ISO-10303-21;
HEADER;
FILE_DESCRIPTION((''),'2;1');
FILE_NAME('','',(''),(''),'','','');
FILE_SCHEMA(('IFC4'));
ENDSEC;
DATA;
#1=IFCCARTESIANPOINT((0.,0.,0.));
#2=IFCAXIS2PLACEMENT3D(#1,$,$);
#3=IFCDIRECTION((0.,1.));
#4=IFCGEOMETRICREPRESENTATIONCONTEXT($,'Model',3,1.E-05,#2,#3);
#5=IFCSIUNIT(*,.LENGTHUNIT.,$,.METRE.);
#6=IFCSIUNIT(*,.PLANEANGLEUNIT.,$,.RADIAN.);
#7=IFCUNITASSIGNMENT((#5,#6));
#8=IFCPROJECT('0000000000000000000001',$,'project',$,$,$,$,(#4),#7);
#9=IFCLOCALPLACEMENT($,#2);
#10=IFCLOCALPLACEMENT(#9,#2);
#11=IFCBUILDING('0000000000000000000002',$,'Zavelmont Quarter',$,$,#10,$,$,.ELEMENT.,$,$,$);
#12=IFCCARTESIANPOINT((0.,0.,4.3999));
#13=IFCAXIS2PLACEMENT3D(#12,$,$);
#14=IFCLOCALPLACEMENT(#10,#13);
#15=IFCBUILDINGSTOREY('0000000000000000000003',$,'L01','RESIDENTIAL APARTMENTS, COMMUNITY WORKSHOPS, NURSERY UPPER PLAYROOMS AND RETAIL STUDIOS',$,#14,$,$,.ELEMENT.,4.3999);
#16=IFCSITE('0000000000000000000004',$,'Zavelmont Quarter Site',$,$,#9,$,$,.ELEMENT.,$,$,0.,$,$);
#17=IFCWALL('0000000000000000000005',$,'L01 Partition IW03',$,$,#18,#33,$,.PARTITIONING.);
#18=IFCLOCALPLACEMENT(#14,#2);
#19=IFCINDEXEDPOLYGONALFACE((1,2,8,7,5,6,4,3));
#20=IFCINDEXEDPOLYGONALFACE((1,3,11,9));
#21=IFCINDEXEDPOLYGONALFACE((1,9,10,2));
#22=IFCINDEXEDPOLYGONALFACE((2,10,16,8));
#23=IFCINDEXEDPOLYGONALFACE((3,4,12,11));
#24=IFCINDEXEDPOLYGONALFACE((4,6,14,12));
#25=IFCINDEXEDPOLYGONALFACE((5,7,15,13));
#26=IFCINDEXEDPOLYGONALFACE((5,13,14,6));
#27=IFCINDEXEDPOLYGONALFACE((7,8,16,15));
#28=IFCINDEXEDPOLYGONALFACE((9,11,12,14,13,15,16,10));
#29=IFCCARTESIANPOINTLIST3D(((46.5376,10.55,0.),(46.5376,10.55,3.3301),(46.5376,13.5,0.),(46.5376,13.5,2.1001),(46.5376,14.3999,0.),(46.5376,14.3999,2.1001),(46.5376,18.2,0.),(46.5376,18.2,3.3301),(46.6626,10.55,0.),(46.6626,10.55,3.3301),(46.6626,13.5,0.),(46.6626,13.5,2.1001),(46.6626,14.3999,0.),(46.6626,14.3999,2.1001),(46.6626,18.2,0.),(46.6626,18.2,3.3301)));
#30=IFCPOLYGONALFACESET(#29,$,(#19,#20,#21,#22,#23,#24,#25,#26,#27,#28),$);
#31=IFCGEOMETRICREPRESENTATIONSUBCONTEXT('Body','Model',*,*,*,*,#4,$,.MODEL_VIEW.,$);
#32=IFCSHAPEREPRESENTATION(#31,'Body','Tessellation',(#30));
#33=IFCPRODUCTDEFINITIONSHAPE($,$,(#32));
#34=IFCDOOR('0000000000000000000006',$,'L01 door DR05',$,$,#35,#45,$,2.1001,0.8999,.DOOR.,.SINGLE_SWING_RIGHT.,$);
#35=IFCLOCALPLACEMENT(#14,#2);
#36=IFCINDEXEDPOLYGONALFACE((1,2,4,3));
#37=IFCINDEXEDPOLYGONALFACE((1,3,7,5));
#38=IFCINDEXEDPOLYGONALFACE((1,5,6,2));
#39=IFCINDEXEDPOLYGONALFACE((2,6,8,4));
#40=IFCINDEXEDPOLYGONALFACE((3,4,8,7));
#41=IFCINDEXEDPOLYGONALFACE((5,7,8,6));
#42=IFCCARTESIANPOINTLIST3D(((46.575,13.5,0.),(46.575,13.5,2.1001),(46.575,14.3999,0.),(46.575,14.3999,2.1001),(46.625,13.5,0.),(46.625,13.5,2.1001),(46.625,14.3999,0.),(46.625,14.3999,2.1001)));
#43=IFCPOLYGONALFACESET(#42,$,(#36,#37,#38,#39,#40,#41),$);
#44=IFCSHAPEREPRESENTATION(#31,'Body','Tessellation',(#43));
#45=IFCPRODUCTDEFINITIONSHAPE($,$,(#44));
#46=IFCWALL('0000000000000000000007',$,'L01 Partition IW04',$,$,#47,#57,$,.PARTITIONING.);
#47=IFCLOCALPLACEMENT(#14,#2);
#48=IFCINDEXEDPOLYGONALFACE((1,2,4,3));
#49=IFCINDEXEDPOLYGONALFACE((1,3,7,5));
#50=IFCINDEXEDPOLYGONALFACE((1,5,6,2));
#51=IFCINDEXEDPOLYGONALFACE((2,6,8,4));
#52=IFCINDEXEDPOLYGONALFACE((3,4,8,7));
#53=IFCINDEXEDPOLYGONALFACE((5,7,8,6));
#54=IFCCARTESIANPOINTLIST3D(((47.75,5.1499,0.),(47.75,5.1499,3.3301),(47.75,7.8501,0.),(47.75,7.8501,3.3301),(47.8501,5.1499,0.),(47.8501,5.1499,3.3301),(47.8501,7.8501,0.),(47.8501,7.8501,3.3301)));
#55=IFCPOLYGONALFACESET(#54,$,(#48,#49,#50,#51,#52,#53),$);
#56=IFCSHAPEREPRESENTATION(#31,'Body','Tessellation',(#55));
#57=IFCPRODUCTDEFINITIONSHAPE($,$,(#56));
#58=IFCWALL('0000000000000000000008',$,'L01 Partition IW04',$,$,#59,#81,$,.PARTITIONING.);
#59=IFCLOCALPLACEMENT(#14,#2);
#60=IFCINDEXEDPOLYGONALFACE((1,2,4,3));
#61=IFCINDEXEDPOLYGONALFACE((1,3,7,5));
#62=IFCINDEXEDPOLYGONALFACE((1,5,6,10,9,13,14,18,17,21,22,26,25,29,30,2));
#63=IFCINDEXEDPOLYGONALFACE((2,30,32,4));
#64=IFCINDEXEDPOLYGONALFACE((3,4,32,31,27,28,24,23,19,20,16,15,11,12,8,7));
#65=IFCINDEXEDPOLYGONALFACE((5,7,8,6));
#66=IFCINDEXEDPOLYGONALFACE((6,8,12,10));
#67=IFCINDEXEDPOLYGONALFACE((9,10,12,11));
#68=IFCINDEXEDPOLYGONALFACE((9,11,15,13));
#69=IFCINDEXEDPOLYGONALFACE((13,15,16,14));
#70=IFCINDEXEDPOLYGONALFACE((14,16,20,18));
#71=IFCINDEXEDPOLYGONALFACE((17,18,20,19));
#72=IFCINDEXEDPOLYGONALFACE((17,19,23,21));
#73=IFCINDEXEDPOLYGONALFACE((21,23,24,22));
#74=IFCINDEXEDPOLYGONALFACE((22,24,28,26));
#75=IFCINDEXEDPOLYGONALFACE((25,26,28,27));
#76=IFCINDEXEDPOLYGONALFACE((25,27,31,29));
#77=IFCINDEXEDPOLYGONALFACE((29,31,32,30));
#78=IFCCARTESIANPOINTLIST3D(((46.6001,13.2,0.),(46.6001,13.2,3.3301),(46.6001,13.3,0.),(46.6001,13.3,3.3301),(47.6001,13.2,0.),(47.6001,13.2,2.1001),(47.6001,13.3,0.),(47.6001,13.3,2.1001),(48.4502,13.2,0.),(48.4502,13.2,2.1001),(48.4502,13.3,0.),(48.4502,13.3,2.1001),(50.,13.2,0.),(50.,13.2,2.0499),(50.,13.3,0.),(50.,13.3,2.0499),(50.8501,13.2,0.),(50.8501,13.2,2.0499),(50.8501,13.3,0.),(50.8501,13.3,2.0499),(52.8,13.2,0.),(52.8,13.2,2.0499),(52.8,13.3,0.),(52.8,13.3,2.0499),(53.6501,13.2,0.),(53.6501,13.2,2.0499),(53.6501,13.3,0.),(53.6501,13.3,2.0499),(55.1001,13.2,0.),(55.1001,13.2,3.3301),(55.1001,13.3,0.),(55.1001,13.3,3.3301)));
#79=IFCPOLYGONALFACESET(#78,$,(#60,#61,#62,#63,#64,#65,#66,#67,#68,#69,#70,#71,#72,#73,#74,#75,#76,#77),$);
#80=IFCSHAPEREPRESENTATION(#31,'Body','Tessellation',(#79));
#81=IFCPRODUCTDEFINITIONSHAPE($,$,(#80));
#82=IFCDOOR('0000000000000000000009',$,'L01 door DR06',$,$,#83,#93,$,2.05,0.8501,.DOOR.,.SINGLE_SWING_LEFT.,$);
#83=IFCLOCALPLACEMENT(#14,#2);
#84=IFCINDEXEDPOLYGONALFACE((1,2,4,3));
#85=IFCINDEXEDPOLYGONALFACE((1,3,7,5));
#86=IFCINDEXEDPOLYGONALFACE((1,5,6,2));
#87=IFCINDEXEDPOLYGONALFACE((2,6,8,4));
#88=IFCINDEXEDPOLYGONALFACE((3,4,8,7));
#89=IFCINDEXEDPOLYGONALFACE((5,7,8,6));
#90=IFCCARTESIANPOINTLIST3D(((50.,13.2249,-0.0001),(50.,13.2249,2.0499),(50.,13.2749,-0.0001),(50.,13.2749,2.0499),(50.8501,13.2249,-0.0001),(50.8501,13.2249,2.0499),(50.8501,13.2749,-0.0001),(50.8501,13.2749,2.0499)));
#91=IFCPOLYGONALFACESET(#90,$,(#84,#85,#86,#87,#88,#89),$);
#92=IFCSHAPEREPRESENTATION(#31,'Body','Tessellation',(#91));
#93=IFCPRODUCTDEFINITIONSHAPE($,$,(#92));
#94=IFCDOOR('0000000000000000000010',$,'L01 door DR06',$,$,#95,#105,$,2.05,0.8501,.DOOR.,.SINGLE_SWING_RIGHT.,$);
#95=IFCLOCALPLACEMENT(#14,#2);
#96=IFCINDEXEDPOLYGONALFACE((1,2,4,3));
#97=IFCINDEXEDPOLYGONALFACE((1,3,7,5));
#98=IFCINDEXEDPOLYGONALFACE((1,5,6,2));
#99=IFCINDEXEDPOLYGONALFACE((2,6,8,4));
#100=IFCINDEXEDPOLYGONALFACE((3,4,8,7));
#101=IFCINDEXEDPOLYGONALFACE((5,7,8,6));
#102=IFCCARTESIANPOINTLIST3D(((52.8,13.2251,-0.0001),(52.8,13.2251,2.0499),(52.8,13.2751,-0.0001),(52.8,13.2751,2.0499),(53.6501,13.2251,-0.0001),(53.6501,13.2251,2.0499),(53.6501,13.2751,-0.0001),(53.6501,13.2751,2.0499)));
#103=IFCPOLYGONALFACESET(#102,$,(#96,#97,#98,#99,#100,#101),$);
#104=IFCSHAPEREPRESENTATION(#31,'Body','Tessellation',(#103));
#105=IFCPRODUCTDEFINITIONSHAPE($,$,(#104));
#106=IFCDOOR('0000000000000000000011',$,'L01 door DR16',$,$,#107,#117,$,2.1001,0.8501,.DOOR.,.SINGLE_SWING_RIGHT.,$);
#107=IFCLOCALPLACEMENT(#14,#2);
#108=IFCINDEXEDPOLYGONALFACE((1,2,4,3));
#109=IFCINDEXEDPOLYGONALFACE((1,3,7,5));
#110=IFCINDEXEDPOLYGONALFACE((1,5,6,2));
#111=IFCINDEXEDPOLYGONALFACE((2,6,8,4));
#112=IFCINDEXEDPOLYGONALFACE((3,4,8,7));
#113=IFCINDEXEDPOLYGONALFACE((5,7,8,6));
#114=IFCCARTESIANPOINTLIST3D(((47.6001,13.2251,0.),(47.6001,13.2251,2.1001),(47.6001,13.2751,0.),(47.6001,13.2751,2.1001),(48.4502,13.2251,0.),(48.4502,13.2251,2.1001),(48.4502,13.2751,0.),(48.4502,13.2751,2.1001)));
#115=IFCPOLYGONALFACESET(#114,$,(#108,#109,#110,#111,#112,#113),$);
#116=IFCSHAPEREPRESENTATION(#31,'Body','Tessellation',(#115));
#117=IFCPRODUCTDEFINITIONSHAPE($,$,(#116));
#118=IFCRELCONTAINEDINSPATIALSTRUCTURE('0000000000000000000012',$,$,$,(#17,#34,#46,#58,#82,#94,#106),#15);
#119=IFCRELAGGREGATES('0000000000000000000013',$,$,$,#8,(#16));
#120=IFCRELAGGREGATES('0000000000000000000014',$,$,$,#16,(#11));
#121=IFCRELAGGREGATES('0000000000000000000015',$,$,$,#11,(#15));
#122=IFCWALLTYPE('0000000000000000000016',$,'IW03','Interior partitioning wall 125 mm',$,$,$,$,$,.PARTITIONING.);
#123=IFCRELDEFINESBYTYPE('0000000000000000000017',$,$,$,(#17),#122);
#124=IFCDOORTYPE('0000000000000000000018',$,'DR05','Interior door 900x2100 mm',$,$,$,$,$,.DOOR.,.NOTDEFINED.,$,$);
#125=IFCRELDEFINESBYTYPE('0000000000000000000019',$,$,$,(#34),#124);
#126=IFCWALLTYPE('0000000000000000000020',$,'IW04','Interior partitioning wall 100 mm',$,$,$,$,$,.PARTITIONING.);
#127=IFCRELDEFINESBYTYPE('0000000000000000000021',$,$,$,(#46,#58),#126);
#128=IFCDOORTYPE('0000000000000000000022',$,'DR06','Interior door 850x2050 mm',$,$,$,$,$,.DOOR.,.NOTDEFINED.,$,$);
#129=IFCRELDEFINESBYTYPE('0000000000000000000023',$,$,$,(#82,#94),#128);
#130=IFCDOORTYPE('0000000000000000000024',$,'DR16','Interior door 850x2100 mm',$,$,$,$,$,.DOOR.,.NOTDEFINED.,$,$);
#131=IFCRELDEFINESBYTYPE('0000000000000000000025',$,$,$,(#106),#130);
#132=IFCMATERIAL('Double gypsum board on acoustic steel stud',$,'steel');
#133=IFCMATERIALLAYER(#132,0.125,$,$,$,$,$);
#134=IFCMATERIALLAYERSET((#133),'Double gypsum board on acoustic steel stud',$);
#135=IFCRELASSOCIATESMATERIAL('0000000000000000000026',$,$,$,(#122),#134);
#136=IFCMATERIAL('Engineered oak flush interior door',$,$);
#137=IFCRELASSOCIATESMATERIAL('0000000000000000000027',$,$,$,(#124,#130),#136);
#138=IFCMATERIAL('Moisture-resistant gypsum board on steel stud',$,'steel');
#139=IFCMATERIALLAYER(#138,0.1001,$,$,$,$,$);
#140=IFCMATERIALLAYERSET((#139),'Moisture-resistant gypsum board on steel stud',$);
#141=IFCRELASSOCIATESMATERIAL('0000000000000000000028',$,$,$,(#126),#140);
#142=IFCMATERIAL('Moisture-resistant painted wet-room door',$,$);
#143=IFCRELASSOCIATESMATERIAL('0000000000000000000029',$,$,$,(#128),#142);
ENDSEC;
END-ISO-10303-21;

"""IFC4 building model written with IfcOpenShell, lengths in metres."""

from ifc_helpers import new_model, si_unit, direction, frame, frame_2d, origin, origin_with_axes, place, context, subcontext, project, spatial, rectangle, extrude, material, layer, layer_set, type_object, element, fill, save


model = new_model("IFC4")

# Units and contexts
model_context = context("Model", 3, precision=1e-05, world=origin(), true_north=direction((0.0, 1.0)))
body_context = subcontext(model_context, "Body", "Model", "MODEL_VIEW")
ifc_project = project(units=[si_unit("LENGTHUNIT", "METRE"), si_unit("PLANEANGLEUNIT", "RADIAN")], contexts=[model_context])

# Site, building, storey
site_placement = place(None, origin())
site = spatial("IfcSite", under=ifc_project, at=site_placement, Name="Zavelmont Quarter Site", CompositionType="ELEMENT", RefElevation=0.0)
building_placement = place(site_placement, origin())
building = spatial("IfcBuilding", under=site, at=building_placement, Name="Zavelmont Quarter", CompositionType="ELEMENT")
storey_placement = place(building_placement, frame((0.0, 0.0, 4.3999)))
storey = spatial("IfcBuildingStorey", under=building, at=storey_placement, Name="L01", Description="RESIDENTIAL APARTMENTS, COMMUNITY WORKSHOPS, NURSERY UPPER PLAYROOMS AND RETAIL STUDIOS", CompositionType="ELEMENT", Elevation=4.3999)

# Wall, opening, door
ifc_material_1 = material(Name="Double gypsum board on acoustic steel stud", Category="steel")
ifc_layer_1 = layer(ifc_material_1, 0.125)
ifc_layer_set_1 = layer_set([ifc_layer_1], Name="Double gypsum board on acoustic steel stud")
wall_type_1 = type_object("IfcWallType", Name="IW03", Description="Interior partitioning wall 125 mm", PredefinedType="PARTITIONING", material=ifc_layer_set_1)
wall_1_placement = place(storey_placement, frame((46.6001, 10.55, 0.0), z_axis=(0.0, 0.0, 1.0), x_axis=(0.0, 1.0, 0.0)))
wall_1 = element("IfcWall", 1, at=wall_1_placement, inside=storey, type_object=wall_type_1, Name="L01 Partition IW03", PredefinedType="PARTITIONING", context=body_context, shape_type="SweptSolid", body=[
    extrude(rectangle(XDim=7.6499, YDim=0.125, at=frame_2d((3.825, 0.0))), origin(), (0.0, 0.0, 1.0), 3.3301),
])
opening_1_placement = place(wall_1_placement, frame((2.95, 0.0, 0.0)))
opening_1 = element("IfcOpeningElement", 2, at=opening_1_placement, cuts=wall_1, PredefinedType="OPENING", context=body_context, shape_type="SweptSolid", body=[
    extrude(rectangle(XDim=0.8999, YDim=2.1001, at=frame_2d((0.45, 1.05))), frame((0.0, 0.0745, 0.0), z_axis=(0.0, -1.0, 0.0), x_axis=(1.0, 0.0, 0.0)), (0.0, 0.0, 1.0), 0.1489),
])
ifc_material_2 = material(Name="Engineered oak flush interior door")
door_type_1 = type_object("IfcDoorType", Name="DR05", Description="Interior door 900x2100 mm", OperationType="NOTDEFINED", PredefinedType="DOOR", material=ifc_material_2)
door_1_placement = place(opening_1_placement, frame((0.8999, 0.0, 0.0), z_axis=(0.0, 0.0, 1.0), x_axis=(-1.0, 0.0, 0.0)))
door_1 = element("IfcDoor", 3, at=door_1_placement, inside=storey, type_object=door_type_1, Name="L01 door DR05", OperationType="SINGLE_SWING_RIGHT", OverallHeight=2.1001, OverallWidth=0.8999, PredefinedType="DOOR", context=body_context, shape_type="SweptSolid", body=[
    extrude(rectangle(XDim=0.8999, YDim=2.1001, at=frame_2d((0.45, 1.05))), frame((0.0, 0.0249, 0.0), z_axis=(0.0, -1.0, 0.0), x_axis=(1.0, 0.0, 0.0)), (0.0, 0.0, 1.0), 0.05),
])
fill(opening_1, door_1)

# Wall
ifc_material_3 = material(Name="Moisture-resistant gypsum board on steel stud", Category="steel")
ifc_layer_2 = layer(ifc_material_3, 0.1001)
ifc_layer_set_2 = layer_set([ifc_layer_2], Name="Moisture-resistant gypsum board on steel stud")
wall_type_2 = type_object("IfcWallType", Name="IW04", Description="Interior partitioning wall 100 mm", PredefinedType="PARTITIONING", material=ifc_layer_set_2)
wall_2_placement = place(storey_placement, frame((47.8, 7.8501, 0.0), z_axis=(0.0, 0.0, 1.0), x_axis=(0.0, -1.0, 0.0)))
element("IfcWall", 4, at=wall_2_placement, inside=storey, type_object=wall_type_2, Name="L01 Partition IW04", PredefinedType="PARTITIONING", context=body_context, shape_type="SweptSolid", body=[
    extrude(rectangle(XDim=2.7002, YDim=0.1001, at=frame_2d((1.3501, 0.0))), origin(), (0.0, 0.0, 1.0), 3.3301),
])

# Wall, openings, doors
wall_3_placement = place(storey_placement, frame((46.6001, 13.25, 0.0), z_axis=(0.0, 0.0, 1.0), x_axis=(1.0, 0.0, 0.0)))
wall_3 = element("IfcWall", 5, at=wall_3_placement, inside=storey, type_object=wall_type_2, Name="L01 Partition IW04", PredefinedType="PARTITIONING", context=body_context, shape_type="SweptSolid", body=[
    extrude(rectangle(XDim=8.5, YDim=0.1001, at=frame_2d((4.25, 0.0))), origin(), (0.0, 0.0, 1.0), 3.3301),
])
opening_2_placement = place(wall_3_placement, frame((1.0, 0.0, 0.0)))
opening_2 = element("IfcOpeningElement", 6, at=opening_2_placement, cuts=wall_3, PredefinedType="OPENING", context=body_context, shape_type="SweptSolid", body=[
    extrude(rectangle(XDim=0.8501, YDim=2.1001, at=frame_2d((0.425, 1.05))), frame((0.0, 0.062, 0.0), z_axis=(0.0, -1.0, 0.0), x_axis=(1.0, 0.0, 0.0)), (0.0, 0.0, 1.0), 0.124),
])
opening_3_placement = place(wall_3_placement, frame((3.3999, 0.0, 0.0)))
opening_3 = element("IfcOpeningElement", 7, at=opening_3_placement, cuts=wall_3, PredefinedType="OPENING", context=body_context, shape_type="SweptSolid", body=[
    extrude(rectangle(XDim=0.8501, YDim=2.05, at=frame_2d((0.425, 1.0249))), frame((0.0, 0.062, 0.0), z_axis=(0.0, -1.0, 0.0), x_axis=(1.0, 0.0, 0.0)), (0.0, 0.0, 1.0), 0.124),
])
opening_4_placement = place(wall_3_placement, frame((6.2, 0.0, 0.0)))
opening_4 = element("IfcOpeningElement", 8, at=opening_4_placement, cuts=wall_3, PredefinedType="OPENING", context=body_context, shape_type="SweptSolid", body=[
    extrude(rectangle(XDim=0.8501, YDim=2.05, at=frame_2d((0.425, 1.0249))), frame((0.0, 0.062, 0.0), z_axis=(0.0, -1.0, 0.0), x_axis=(1.0, 0.0, 0.0)), (0.0, 0.0, 1.0), 0.124),
])
ifc_material_4 = material(Name="Moisture-resistant painted wet-room door")
door_type_2 = type_object("IfcDoorType", Name="DR06", Description="Interior door 850x2050 mm", OperationType="NOTDEFINED", PredefinedType="DOOR", material=ifc_material_4)
door_2_placement = place(opening_3_placement, origin_with_axes())
door_2 = element("IfcDoor", 9, at=door_2_placement, inside=storey, type_object=door_type_2, Name="L01 door DR06", OperationType="SINGLE_SWING_LEFT", OverallHeight=2.05, OverallWidth=0.8501, PredefinedType="DOOR", context=body_context, shape_type="SweptSolid", body=[
    extrude(rectangle(XDim=0.8501, YDim=2.05, at=frame_2d((0.425, 1.0249))), frame((0.0, 0.0249, 0.0), z_axis=(0.0, -1.0, 0.0), x_axis=(1.0, 0.0, 0.0)), (0.0, 0.0, 1.0), 0.05),
])
fill(opening_3, door_2)
door_3_placement = place(opening_4_placement, frame((0.8501, 0.0, 0.0), z_axis=(0.0, 0.0, 1.0), x_axis=(-1.0, 0.0, 0.0)))
door_3 = element("IfcDoor", 10, at=door_3_placement, inside=storey, type_object=door_type_2, Name="L01 door DR06", OperationType="SINGLE_SWING_RIGHT", OverallHeight=2.05, OverallWidth=0.8501, PredefinedType="DOOR", context=body_context, shape_type="SweptSolid", body=[
    extrude(rectangle(XDim=0.8501, YDim=2.05, at=frame_2d((0.425, 1.0249))), frame((0.0, 0.0249, 0.0), z_axis=(0.0, -1.0, 0.0), x_axis=(1.0, 0.0, 0.0)), (0.0, 0.0, 1.0), 0.05),
])
fill(opening_4, door_3)
door_type_3 = type_object("IfcDoorType", Name="DR16", Description="Interior door 850x2100 mm", OperationType="NOTDEFINED", PredefinedType="DOOR", material=ifc_material_2)
door_4_placement = place(opening_2_placement, frame((0.8501, 0.0, 0.0), z_axis=(0.0, 0.0, 1.0), x_axis=(-1.0, 0.0, 0.0)))
door_4 = element("IfcDoor", 11, at=door_4_placement, inside=storey, type_object=door_type_3, Name="L01 door DR16", OperationType="SINGLE_SWING_RIGHT", OverallHeight=2.1001, OverallWidth=0.8501, PredefinedType="DOOR", context=body_context, shape_type="SweptSolid", body=[
    extrude(rectangle(XDim=0.8501, YDim=2.1001, at=frame_2d((0.425, 1.05))), frame((0.0, 0.0249, 0.0), z_axis=(0.0, -1.0, 0.0), x_axis=(1.0, 0.0, 0.0)), (0.0, 0.0, 1.0), 0.05),
])
fill(opening_2, door_4)

save(model, "model.ifc")
